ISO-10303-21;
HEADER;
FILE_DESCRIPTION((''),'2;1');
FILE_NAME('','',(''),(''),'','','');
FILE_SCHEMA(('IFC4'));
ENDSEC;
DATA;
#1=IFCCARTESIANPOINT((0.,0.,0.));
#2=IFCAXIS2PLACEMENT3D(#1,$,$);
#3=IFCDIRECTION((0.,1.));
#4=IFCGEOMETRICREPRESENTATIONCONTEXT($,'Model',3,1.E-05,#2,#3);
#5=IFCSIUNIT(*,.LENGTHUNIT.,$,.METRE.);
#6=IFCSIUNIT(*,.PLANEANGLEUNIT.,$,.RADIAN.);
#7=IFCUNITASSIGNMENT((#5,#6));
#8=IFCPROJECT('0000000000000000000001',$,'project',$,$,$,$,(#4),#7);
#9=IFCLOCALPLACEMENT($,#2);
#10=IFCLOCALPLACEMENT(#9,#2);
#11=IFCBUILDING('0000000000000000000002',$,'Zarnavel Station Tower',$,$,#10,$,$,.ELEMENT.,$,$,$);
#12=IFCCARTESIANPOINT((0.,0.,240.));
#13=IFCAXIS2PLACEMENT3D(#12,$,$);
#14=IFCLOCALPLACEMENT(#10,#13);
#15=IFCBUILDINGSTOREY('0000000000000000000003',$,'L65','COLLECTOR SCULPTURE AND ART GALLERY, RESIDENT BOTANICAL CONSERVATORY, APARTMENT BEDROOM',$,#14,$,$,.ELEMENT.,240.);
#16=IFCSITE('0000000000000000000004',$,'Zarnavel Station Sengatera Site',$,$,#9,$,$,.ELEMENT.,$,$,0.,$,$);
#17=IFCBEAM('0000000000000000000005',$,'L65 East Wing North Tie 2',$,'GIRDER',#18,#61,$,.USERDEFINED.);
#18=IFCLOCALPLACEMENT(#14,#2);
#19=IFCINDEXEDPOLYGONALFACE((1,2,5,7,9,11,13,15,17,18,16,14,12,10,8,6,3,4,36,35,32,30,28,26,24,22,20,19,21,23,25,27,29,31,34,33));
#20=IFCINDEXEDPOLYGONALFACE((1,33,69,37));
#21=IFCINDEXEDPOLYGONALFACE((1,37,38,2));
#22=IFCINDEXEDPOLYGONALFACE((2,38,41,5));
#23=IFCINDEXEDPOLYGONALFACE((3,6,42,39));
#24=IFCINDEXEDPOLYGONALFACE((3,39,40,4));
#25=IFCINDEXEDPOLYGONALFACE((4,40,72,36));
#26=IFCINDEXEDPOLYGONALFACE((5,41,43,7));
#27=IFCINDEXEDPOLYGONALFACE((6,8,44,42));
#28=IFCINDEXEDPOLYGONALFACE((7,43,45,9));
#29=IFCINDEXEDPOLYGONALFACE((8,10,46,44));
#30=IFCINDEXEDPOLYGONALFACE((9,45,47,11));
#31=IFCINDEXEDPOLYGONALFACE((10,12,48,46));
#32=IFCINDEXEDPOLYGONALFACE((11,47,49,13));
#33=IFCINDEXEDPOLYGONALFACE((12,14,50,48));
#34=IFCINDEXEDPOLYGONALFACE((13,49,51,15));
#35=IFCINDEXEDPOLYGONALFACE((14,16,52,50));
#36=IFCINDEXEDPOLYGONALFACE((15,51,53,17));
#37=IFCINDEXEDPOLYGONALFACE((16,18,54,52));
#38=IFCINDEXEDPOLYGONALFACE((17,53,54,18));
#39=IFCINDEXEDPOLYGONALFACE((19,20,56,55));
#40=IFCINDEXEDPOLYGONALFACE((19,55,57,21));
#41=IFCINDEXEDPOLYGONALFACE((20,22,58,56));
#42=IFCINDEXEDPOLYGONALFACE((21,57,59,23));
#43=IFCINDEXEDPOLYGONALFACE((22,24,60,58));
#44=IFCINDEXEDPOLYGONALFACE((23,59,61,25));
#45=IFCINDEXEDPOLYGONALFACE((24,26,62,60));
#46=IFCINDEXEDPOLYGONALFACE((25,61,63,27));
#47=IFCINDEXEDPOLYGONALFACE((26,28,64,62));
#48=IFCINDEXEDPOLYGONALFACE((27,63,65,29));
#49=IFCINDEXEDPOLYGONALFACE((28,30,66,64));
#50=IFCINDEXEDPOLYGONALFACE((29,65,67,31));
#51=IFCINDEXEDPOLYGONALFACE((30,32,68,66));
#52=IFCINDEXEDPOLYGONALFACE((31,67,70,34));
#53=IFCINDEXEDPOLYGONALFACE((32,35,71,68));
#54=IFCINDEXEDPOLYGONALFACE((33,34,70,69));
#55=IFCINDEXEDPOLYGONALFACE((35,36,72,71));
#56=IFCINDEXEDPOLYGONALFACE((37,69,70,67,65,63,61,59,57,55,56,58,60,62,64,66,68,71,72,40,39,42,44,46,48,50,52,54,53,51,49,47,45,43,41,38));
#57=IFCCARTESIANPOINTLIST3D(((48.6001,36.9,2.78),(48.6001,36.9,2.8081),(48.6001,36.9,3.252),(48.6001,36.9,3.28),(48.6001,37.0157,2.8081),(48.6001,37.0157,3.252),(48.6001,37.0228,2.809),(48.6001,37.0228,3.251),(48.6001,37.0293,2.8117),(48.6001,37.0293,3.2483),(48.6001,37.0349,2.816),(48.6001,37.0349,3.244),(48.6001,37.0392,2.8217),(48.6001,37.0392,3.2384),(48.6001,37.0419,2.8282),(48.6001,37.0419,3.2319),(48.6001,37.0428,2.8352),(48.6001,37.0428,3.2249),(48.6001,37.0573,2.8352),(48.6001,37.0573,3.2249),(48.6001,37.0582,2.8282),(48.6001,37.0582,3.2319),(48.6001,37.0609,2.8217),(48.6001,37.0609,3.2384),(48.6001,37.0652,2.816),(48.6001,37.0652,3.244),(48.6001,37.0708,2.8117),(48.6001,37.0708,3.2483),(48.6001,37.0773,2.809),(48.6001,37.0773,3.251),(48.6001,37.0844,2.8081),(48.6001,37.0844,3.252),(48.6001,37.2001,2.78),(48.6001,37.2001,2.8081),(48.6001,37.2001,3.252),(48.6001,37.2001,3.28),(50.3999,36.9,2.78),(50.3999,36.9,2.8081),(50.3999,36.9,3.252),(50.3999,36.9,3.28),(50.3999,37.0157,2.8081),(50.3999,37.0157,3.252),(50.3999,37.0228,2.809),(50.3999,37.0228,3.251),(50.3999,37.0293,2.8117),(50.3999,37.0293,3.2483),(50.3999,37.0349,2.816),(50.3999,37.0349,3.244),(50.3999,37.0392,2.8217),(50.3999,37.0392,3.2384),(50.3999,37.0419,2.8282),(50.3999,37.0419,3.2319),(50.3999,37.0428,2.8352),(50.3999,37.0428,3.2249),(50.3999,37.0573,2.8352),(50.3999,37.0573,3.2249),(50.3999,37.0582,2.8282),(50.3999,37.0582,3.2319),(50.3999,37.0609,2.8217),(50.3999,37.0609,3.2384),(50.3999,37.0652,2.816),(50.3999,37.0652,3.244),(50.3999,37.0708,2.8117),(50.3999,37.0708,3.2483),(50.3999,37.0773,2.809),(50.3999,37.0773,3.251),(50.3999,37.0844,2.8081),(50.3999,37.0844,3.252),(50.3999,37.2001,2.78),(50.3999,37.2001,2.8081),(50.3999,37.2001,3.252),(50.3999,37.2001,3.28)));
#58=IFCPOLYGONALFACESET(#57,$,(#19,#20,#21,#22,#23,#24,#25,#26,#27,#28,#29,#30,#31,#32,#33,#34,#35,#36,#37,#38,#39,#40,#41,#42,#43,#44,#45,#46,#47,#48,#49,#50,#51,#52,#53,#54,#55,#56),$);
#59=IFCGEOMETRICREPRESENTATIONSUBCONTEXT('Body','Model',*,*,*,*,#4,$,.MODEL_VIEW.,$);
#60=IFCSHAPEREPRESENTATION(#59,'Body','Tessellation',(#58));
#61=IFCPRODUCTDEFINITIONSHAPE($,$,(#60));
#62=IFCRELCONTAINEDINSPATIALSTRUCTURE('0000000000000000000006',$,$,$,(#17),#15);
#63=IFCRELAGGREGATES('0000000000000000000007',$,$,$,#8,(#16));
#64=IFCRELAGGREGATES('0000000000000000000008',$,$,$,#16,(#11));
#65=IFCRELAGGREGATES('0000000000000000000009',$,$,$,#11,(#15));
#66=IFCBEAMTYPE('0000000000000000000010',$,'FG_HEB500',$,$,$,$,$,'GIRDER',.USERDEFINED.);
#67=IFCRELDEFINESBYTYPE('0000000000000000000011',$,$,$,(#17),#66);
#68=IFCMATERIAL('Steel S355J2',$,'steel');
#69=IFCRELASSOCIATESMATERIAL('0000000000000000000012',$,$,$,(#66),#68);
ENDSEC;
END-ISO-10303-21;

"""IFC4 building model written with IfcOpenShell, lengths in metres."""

from ifc_helpers import new_model, si_unit, direction, frame, origin, origin_2d, place, context, subcontext, project, spatial, i_section, extrude, material, material_profile, profile_set, type_object, element, save


model = new_model("IFC4")

# Units and contexts
model_context = context("Model", 3, precision=1e-05, world=origin(), true_north=direction((0.0, 1.0)))
body_context = subcontext(model_context, "Body", "Model", "MODEL_VIEW")
ifc_project = project(units=[si_unit("LENGTHUNIT", "METRE"), si_unit("PLANEANGLEUNIT", "RADIAN")], contexts=[model_context])

# Site, building, storey
site_placement = place(None, origin())
site = spatial("IfcSite", under=ifc_project, at=site_placement, Name="Zarnavel Station Sengatera Site", CompositionType="ELEMENT", RefElevation=0.0)
building_placement = place(site_placement, origin())
building = spatial("IfcBuilding", under=site, at=building_placement, Name="Zarnavel Station Tower", CompositionType="ELEMENT")
storey_placement = place(building_placement, frame((0.0, 0.0, 240.0)))
storey = spatial("IfcBuildingStorey", under=building, at=storey_placement, Name="L65", Description="COLLECTOR SCULPTURE AND ART GALLERY, RESIDENT BOTANICAL CONSERVATORY, APARTMENT BEDROOM", CompositionType="ELEMENT", Elevation=240.0)

# Beam
ifc_material_1 = material(Name="Steel S355J2", Category="steel")
ifc_material_profile_1 = material_profile(ifc_material_1, i_section(OverallWidth=0.3, OverallDepth=0.5, WebThickness=0.0144, FlangeThickness=0.0281, FilletRadius=0.0271, at=origin_2d()), Name="HEB500")
ifc_profile_set_1 = profile_set([ifc_material_profile_1], Name="Steel S355J2")
beam_type = type_object("IfcBeamType", Name="FG_HEB500", ElementType="GIRDER", PredefinedType="USERDEFINED", material=ifc_profile_set_1)
beam_1_placement = place(storey_placement, frame((48.6001, 37.05, 3.03), z_axis=(1.0, 0.0, 0.0), x_axis=(0.0, 1.0, 0.0)))
element("IfcBeam", 1, at=beam_1_placement, inside=storey, type_object=beam_type, Name="L65 East Wing North Tie 2", ObjectType="GIRDER", PredefinedType="USERDEFINED", context=body_context, shape_type="SweptSolid", body=[
    extrude(i_section(OverallWidth=0.3, OverallDepth=0.5, WebThickness=0.0144, FlangeThickness=0.0281, FilletRadius=0.0271, at=origin_2d()), origin(), (0.0, 0.0, 1.0), 1.7998),
])

save(model, "model.ifc")
